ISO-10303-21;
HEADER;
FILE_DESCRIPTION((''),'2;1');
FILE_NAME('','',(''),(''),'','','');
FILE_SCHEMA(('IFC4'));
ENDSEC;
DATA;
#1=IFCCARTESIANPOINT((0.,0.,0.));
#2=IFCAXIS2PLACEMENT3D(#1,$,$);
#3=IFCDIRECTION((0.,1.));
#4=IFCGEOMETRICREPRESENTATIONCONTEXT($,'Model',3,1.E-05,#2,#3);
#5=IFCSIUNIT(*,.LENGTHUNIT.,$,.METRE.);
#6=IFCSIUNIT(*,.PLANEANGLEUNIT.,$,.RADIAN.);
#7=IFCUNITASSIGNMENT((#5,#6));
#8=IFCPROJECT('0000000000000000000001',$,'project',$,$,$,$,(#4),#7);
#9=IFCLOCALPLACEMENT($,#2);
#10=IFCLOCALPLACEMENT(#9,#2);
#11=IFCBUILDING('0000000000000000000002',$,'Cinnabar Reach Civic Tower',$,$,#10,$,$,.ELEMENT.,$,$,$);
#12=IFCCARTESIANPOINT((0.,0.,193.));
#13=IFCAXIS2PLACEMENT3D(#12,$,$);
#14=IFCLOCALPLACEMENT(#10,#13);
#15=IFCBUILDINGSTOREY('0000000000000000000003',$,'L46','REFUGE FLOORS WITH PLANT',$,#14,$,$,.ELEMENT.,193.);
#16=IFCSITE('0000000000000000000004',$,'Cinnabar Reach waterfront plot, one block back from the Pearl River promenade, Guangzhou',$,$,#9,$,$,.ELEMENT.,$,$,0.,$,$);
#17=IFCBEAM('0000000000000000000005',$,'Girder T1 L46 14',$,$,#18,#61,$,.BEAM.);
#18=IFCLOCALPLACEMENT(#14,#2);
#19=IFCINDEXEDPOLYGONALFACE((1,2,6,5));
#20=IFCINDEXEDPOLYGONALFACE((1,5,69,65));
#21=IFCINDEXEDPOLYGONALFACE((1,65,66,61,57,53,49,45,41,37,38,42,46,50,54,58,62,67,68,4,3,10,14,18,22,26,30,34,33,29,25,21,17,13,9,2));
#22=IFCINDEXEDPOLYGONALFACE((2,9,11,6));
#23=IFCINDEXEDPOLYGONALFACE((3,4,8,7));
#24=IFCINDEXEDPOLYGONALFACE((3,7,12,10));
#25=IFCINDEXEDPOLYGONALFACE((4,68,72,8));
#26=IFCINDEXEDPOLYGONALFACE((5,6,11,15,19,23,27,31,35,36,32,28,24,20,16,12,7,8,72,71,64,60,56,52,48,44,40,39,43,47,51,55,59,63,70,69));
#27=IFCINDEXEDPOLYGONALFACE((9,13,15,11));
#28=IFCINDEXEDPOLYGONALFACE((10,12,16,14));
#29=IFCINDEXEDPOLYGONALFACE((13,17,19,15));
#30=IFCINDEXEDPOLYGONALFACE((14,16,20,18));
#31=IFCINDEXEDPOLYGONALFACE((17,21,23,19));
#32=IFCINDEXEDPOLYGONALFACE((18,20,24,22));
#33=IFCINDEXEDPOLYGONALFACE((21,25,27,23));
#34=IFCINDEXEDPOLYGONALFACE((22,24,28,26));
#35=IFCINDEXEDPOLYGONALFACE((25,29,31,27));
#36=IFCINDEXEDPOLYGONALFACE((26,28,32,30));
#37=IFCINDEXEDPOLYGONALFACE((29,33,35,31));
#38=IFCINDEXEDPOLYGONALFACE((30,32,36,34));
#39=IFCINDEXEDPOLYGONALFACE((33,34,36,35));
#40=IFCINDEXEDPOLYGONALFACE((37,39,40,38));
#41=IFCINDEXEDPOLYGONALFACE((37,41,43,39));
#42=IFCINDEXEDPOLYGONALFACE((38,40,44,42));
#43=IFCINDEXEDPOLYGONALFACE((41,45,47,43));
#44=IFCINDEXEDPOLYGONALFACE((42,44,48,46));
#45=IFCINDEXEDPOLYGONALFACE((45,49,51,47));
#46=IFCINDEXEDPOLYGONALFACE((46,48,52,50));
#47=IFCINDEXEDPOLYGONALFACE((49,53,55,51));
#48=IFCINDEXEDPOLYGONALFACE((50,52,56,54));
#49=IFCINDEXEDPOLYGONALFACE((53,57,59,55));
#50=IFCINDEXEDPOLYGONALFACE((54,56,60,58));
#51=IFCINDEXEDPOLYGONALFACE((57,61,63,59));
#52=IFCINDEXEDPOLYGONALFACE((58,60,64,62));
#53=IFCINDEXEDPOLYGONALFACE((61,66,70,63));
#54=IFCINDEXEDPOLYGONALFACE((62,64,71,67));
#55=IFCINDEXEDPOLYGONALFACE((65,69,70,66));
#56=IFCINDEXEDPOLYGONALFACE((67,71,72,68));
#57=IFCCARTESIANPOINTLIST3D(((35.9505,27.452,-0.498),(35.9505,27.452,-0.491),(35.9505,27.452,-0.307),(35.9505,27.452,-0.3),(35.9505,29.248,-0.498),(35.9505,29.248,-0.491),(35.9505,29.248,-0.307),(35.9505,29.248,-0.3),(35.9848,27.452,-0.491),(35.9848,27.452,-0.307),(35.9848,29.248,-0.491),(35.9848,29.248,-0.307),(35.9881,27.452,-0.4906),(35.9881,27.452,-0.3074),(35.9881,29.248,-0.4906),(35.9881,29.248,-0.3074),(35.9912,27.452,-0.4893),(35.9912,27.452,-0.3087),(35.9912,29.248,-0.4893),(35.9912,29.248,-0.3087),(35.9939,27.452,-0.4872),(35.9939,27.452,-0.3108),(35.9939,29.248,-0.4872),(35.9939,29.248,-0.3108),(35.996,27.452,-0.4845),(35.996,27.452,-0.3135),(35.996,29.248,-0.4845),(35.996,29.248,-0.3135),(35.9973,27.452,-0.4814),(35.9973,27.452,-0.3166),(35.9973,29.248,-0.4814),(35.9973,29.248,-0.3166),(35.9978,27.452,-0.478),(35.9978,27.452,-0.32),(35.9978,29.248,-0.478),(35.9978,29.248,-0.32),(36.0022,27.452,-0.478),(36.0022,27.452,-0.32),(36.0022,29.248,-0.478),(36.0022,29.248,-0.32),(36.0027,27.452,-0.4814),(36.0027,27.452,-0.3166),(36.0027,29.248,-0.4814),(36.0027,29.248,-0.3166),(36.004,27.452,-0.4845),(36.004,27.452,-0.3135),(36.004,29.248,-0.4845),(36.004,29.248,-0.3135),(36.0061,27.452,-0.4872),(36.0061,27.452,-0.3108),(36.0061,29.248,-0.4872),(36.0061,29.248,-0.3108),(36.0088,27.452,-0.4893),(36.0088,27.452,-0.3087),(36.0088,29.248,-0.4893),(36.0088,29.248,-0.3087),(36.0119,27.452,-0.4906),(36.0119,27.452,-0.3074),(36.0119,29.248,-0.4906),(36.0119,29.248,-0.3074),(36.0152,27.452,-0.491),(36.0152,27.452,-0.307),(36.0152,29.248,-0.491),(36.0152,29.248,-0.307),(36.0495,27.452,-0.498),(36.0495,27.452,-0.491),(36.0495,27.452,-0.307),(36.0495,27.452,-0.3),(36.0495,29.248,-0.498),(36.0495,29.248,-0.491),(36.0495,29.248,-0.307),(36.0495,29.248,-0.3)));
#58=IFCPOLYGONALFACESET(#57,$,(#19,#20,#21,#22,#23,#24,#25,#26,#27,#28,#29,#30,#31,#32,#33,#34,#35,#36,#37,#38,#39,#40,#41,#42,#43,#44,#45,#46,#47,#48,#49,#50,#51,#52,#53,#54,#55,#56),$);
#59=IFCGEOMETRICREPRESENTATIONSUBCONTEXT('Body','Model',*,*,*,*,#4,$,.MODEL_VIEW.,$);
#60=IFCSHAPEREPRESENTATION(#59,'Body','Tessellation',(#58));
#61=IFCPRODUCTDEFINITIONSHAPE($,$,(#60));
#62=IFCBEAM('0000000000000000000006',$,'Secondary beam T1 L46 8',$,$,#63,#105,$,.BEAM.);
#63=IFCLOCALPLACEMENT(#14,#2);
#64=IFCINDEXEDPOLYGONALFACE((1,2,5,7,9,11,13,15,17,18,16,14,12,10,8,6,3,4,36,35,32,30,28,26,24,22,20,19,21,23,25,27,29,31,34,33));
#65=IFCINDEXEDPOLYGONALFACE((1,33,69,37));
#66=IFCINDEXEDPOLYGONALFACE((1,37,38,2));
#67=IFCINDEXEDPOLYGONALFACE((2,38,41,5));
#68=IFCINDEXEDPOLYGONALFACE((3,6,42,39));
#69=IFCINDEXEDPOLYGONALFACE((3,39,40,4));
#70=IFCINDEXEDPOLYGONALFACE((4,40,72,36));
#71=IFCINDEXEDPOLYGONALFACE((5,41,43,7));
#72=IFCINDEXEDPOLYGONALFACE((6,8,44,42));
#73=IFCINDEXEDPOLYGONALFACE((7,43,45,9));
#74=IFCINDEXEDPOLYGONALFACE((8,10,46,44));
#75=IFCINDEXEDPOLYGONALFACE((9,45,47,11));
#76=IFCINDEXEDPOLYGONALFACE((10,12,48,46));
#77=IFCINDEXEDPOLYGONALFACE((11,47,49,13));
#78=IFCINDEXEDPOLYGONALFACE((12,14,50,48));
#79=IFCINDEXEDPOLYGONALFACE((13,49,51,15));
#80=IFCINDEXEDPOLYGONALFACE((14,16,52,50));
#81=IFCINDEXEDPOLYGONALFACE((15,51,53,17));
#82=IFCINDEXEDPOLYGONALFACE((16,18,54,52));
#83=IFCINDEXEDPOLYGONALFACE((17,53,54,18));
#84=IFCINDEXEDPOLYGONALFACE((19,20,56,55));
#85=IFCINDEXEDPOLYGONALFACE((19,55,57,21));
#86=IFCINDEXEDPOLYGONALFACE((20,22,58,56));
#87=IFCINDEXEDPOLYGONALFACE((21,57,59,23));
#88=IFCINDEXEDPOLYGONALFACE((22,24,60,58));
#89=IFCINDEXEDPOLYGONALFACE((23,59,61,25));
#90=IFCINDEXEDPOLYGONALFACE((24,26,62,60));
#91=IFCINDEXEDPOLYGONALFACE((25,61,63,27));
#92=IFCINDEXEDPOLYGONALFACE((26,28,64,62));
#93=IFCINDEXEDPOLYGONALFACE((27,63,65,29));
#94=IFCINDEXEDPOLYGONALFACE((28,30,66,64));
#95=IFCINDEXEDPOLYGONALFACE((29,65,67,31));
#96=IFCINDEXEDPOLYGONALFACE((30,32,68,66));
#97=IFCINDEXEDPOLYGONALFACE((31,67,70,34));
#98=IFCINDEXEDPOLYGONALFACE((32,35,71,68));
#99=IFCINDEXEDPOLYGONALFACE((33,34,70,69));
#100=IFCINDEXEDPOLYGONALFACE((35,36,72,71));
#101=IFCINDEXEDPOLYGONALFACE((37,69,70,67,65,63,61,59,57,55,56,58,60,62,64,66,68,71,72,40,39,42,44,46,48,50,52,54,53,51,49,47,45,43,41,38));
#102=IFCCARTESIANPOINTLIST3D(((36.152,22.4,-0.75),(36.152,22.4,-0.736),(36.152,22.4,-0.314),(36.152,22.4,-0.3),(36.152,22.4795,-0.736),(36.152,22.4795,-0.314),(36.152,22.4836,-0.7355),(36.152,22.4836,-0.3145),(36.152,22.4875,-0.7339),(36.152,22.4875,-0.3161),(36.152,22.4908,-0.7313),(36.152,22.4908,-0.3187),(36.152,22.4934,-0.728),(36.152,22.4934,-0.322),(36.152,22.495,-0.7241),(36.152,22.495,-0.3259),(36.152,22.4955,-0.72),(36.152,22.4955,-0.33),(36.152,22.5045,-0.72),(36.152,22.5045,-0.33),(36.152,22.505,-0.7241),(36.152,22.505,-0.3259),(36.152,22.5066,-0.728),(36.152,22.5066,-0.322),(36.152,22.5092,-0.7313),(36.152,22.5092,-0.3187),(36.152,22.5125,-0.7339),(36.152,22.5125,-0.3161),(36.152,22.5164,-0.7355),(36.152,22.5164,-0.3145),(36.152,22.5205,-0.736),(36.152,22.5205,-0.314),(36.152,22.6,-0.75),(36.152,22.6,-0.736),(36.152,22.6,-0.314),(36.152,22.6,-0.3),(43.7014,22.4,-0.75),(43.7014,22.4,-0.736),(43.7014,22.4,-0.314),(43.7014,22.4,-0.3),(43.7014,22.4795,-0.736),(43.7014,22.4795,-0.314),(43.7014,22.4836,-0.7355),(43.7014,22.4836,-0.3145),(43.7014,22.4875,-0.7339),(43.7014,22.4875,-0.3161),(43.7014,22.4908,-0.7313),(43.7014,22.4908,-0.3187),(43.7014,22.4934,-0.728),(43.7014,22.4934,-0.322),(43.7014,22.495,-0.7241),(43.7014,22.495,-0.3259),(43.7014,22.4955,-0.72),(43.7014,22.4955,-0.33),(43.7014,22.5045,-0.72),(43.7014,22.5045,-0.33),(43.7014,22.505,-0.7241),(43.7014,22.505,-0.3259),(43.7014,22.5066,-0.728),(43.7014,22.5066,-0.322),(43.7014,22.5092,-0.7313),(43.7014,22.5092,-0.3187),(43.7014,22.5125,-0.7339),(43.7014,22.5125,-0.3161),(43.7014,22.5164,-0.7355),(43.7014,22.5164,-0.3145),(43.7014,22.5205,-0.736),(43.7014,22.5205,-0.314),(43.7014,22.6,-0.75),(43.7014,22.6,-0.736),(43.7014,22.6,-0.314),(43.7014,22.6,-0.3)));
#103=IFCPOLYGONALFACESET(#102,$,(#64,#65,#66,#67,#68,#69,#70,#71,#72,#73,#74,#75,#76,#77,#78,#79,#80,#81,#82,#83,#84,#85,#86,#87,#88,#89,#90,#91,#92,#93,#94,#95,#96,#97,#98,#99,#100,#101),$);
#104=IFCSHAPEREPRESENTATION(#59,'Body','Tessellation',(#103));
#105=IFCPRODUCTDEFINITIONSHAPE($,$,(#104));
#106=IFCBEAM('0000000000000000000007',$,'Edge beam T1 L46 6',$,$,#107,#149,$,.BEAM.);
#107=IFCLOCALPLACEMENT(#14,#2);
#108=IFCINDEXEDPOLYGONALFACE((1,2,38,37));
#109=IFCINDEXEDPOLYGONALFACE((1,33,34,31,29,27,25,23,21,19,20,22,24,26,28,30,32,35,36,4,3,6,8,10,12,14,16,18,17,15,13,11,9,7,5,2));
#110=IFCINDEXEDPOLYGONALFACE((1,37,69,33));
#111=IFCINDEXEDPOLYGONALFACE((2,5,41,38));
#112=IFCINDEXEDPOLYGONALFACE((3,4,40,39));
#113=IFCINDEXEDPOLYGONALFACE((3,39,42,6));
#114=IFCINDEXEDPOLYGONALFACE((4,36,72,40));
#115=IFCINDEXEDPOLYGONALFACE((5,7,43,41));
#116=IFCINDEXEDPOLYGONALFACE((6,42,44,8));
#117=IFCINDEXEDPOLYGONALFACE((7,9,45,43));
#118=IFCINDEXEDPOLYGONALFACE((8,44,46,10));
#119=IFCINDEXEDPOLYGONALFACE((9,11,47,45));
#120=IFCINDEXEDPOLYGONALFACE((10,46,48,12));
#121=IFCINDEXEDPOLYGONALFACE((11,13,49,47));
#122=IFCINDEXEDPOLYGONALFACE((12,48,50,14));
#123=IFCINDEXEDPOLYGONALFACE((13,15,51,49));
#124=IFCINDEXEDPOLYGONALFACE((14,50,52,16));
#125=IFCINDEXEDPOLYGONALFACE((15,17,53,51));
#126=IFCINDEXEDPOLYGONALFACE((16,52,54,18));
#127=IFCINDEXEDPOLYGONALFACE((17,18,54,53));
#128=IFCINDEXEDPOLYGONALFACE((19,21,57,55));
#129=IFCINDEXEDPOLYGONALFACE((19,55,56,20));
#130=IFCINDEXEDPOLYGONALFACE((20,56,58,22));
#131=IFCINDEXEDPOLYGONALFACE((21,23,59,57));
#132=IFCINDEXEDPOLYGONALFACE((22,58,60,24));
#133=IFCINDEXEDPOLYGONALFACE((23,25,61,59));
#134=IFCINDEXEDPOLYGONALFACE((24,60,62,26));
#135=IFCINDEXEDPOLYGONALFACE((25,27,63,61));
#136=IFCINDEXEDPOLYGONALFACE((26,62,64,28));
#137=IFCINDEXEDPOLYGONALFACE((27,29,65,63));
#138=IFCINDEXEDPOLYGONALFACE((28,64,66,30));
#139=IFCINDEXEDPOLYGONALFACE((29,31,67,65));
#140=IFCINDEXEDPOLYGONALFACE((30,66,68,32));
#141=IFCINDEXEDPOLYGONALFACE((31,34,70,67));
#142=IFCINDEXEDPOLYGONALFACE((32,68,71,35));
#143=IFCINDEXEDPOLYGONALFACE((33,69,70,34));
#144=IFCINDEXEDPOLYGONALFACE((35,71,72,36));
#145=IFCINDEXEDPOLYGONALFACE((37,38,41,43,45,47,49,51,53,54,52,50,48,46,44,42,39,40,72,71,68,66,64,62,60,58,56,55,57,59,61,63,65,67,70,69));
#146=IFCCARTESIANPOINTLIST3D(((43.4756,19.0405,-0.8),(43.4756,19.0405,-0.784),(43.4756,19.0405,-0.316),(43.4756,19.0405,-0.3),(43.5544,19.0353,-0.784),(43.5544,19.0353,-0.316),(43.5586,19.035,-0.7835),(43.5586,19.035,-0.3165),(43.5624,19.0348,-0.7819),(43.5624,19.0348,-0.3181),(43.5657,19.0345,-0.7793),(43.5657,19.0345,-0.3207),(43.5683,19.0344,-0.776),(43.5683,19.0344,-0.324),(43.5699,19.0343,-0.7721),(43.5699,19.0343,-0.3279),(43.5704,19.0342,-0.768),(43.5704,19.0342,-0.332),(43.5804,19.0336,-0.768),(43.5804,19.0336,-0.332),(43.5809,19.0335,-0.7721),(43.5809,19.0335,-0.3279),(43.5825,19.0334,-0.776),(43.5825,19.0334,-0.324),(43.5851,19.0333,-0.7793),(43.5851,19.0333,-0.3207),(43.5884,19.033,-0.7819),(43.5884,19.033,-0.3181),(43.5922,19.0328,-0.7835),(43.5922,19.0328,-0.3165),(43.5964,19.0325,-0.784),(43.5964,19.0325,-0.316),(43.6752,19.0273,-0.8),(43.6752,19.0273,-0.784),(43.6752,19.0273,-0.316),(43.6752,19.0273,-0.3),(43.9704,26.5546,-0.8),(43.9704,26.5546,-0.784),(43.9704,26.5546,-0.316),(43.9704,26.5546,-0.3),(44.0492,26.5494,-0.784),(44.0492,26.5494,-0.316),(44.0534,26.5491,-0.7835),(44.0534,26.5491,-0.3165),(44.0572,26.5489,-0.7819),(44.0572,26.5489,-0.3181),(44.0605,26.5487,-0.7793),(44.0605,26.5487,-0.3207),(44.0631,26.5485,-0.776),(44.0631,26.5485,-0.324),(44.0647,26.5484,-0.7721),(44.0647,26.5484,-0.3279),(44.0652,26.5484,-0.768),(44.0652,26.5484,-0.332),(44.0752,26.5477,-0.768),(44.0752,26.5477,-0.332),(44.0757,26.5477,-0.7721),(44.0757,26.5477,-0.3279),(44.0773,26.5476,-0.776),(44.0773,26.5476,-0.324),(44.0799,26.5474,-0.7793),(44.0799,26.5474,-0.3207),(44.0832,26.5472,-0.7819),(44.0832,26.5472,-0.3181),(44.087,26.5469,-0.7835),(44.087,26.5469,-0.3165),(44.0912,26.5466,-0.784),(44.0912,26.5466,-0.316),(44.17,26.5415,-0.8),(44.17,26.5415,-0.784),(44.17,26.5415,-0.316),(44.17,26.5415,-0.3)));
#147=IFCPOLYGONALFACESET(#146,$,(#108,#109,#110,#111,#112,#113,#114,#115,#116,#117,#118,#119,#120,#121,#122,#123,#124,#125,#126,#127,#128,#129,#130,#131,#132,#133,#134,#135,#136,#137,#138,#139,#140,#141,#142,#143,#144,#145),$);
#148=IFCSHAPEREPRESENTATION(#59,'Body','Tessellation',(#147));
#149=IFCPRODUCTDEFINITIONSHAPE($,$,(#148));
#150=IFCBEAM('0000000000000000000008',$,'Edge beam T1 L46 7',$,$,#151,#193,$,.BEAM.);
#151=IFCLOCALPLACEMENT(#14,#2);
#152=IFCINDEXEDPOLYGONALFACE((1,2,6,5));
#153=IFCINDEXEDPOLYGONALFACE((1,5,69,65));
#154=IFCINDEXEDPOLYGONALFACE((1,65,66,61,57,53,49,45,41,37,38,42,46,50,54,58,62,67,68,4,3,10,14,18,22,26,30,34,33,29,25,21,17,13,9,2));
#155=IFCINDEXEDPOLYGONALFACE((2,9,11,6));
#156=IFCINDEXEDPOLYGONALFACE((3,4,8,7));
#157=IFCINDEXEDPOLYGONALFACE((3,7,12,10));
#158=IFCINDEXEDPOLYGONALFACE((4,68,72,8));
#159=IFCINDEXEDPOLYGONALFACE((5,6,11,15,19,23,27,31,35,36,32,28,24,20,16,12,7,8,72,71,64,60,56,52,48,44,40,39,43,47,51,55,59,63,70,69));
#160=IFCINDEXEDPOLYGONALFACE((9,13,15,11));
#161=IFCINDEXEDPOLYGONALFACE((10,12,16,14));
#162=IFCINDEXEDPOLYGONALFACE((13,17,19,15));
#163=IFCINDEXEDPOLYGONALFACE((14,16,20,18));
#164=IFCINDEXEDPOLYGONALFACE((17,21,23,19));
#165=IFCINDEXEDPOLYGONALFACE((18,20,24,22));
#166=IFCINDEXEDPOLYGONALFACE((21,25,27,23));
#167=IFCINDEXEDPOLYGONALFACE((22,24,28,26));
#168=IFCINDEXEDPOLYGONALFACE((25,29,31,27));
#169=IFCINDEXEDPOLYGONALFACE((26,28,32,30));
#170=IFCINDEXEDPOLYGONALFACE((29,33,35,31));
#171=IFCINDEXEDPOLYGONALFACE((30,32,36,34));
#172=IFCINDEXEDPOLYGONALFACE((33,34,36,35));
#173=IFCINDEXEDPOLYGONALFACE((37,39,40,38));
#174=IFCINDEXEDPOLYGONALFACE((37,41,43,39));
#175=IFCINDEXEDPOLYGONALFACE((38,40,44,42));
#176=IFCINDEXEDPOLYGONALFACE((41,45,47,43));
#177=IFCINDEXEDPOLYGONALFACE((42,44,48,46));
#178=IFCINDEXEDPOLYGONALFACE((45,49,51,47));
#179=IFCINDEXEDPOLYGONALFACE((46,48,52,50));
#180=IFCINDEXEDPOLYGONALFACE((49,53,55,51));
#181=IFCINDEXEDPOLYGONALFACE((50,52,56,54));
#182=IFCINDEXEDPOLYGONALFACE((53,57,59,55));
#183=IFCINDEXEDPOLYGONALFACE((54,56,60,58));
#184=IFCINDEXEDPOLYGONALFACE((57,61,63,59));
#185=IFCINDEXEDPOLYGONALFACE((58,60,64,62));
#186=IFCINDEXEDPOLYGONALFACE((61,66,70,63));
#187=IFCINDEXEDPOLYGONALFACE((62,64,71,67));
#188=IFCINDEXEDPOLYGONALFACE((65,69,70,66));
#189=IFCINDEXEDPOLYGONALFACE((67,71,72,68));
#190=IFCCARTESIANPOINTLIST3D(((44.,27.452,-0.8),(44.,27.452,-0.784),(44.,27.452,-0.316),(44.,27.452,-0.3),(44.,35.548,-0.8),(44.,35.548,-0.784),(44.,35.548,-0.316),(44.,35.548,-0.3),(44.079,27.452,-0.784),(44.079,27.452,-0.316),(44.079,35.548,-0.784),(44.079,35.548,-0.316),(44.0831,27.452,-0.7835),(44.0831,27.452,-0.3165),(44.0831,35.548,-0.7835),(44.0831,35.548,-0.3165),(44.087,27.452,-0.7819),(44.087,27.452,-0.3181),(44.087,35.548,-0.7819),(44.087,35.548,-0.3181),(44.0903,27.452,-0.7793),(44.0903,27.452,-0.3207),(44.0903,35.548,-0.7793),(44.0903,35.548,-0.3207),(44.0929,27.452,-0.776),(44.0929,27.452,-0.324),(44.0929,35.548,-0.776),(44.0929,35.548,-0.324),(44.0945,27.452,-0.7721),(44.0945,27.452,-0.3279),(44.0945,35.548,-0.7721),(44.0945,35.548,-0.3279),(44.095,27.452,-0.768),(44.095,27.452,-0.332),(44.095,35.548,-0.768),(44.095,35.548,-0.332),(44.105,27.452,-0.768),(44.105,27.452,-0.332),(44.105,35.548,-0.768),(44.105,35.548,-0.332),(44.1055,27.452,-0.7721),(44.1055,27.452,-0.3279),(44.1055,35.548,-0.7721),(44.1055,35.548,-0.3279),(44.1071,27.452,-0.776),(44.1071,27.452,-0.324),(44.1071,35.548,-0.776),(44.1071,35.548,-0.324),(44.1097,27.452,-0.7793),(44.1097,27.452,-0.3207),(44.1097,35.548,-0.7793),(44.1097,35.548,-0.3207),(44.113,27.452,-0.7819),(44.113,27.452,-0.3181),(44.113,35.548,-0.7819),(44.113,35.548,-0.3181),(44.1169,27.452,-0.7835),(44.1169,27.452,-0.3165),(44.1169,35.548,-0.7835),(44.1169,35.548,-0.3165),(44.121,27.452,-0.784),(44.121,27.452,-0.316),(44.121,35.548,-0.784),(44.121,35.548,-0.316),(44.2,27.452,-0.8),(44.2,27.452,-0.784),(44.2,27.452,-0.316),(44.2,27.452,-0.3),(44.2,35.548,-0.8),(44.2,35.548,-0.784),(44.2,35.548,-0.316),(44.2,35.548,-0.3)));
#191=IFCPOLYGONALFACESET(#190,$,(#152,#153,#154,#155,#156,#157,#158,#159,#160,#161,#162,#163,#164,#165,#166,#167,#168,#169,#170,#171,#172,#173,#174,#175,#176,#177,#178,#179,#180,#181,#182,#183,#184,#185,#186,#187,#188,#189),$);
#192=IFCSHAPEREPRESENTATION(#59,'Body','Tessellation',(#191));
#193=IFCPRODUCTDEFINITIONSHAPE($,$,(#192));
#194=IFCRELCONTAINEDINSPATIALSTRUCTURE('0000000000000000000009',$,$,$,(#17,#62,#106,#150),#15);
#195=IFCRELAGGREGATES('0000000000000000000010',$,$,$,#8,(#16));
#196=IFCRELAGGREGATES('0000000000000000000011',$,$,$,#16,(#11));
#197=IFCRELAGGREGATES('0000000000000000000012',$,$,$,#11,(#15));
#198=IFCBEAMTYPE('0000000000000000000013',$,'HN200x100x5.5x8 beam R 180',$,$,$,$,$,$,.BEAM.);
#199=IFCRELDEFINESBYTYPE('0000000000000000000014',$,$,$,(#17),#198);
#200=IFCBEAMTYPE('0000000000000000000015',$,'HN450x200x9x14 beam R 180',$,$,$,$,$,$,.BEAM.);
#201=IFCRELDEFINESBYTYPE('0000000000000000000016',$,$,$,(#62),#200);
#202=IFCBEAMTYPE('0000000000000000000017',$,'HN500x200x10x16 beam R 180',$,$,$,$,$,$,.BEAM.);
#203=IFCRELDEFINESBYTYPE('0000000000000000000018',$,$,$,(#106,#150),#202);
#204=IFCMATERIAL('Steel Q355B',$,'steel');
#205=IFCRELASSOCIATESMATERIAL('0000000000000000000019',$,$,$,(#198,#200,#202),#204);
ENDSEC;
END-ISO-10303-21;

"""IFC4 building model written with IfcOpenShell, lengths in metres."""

from ifc_helpers import new_model, si_unit, direction, frame, origin, origin_2d, place, context, subcontext, project, spatial, i_section, extrude, material, material_profile, profile_set, type_object, element, save


model = new_model("IFC4")

# Units and contexts
model_context = context("Model", 3, precision=1e-05, world=origin(), true_north=direction((0.0, 1.0)))
body_context = subcontext(model_context, "Body", "Model", "MODEL_VIEW")
ifc_project = project(units=[si_unit("LENGTHUNIT", "METRE"), si_unit("PLANEANGLEUNIT", "RADIAN")], contexts=[model_context])

# Site, building, storey
site_placement = place(None, origin())
site = spatial("IfcSite", under=ifc_project, at=site_placement, Name="Cinnabar Reach waterfront plot, one block back from the Pearl River promenade, Guangzhou", CompositionType="ELEMENT", RefElevation=0.0)
building_placement = place(site_placement, origin())
building = spatial("IfcBuilding", under=site, at=building_placement, Name="Cinnabar Reach Civic Tower", CompositionType="ELEMENT")
storey_placement = place(building_placement, frame((0.0, 0.0, 193.0)))
storey = spatial("IfcBuildingStorey", under=building, at=storey_placement, Name="L46", Description="REFUGE FLOORS WITH PLANT", CompositionType="ELEMENT", Elevation=193.0)

# Beams
ifc_material_1 = material(Name="Steel Q355B", Category="steel")
ifc_material_profile_1 = material_profile(ifc_material_1, i_section(OverallWidth=0.099, OverallDepth=0.198, WebThickness=0.0045, FlangeThickness=0.007, FilletRadius=0.013, at=origin_2d()), Name="HN200x100x5.5x8")
ifc_profile_set_1 = profile_set([ifc_material_profile_1], Name="Steel Q355B")
beam_type_1 = type_object("IfcBeamType", Name="HN200x100x5.5x8 beam R 180", PredefinedType="BEAM", material=ifc_profile_set_1)
beam_1_placement = place(storey_placement, frame((36.0, 27.452, -0.399), z_axis=(0.0, 1.0, 0.0), x_axis=(-1.0, 0.0, 0.0)))
element("IfcBeam", 1, at=beam_1_placement, inside=storey, type_object=beam_type_1, Name="Girder T1 L46 14", PredefinedType="BEAM", context=body_context, shape_type="SweptSolid", body=[
    extrude(i_section(OverallWidth=0.099, OverallDepth=0.198, WebThickness=0.0045, FlangeThickness=0.007, FilletRadius=0.013, at=origin_2d()), origin(), (0.0, 0.0, 1.0), 1.796),
])
ifc_material_profile_2 = material_profile(ifc_material_1, i_section(OverallWidth=0.2, OverallDepth=0.45, WebThickness=0.009, FlangeThickness=0.014, FilletRadius=0.016, at=origin_2d()), Name="HN450x200x9x14")
ifc_profile_set_2 = profile_set([ifc_material_profile_2], Name="Steel Q355B")
beam_type_2 = type_object("IfcBeamType", Name="HN450x200x9x14 beam R 180", PredefinedType="BEAM", material=ifc_profile_set_2)
beam_2_placement = place(storey_placement, frame((36.152, 22.5, -0.525), z_axis=(1.0, 0.0, 0.0), x_axis=(0.0, 1.0, 0.0)))
element("IfcBeam", 2, at=beam_2_placement, inside=storey, type_object=beam_type_2, Name="Secondary beam T1 L46 8", PredefinedType="BEAM", context=body_context, shape_type="SweptSolid", body=[
    extrude(i_section(OverallWidth=0.2, OverallDepth=0.45, WebThickness=0.009, FlangeThickness=0.014, FilletRadius=0.016, at=origin_2d()), origin(), (0.0, 0.0, 1.0), 7.5494),
])
ifc_material_profile_3 = material_profile(ifc_material_1, i_section(OverallWidth=0.2, OverallDepth=0.5, WebThickness=0.01, FlangeThickness=0.016, FilletRadius=0.016, at=origin_2d()), Name="HN500x200x10x16")
ifc_profile_set_3 = profile_set([ifc_material_profile_3], Name="Steel Q355B")
beam_type_3 = type_object("IfcBeamType", Name="HN500x200x10x16 beam R 180", PredefinedType="BEAM", material=ifc_profile_set_3)
beam_3_placement = place(storey_placement, frame((43.5754, 19.0339, -0.55), z_axis=(0.065707, 0.997839, 0.0), x_axis=(-0.997839, 0.065707, 0.0)))
element("IfcBeam", 3, at=beam_3_placement, inside=storey, type_object=beam_type_3, Name="Edge beam T1 L46 6", PredefinedType="BEAM", context=body_context, shape_type="SweptSolid", body=[
    extrude(i_section(OverallWidth=0.2, OverallDepth=0.5, WebThickness=0.01, FlangeThickness=0.016, FilletRadius=0.016, at=origin_2d()), origin(), (0.0, 0.0, 1.0), 7.5304),
])
beam_4_placement = place(storey_placement, frame((44.1, 27.452, -0.55), z_axis=(0.0, 1.0, 0.0), x_axis=(-1.0, 0.0, 0.0)))
element("IfcBeam", 4, at=beam_4_placement, inside=storey, type_object=beam_type_3, Name="Edge beam T1 L46 7", PredefinedType="BEAM", context=body_context, shape_type="SweptSolid", body=[
    extrude(i_section(OverallWidth=0.2, OverallDepth=0.5, WebThickness=0.01, FlangeThickness=0.016, FilletRadius=0.016, at=origin_2d()), origin(), (0.0, 0.0, 1.0), 8.096),
])

save(model, "model.ifc")
